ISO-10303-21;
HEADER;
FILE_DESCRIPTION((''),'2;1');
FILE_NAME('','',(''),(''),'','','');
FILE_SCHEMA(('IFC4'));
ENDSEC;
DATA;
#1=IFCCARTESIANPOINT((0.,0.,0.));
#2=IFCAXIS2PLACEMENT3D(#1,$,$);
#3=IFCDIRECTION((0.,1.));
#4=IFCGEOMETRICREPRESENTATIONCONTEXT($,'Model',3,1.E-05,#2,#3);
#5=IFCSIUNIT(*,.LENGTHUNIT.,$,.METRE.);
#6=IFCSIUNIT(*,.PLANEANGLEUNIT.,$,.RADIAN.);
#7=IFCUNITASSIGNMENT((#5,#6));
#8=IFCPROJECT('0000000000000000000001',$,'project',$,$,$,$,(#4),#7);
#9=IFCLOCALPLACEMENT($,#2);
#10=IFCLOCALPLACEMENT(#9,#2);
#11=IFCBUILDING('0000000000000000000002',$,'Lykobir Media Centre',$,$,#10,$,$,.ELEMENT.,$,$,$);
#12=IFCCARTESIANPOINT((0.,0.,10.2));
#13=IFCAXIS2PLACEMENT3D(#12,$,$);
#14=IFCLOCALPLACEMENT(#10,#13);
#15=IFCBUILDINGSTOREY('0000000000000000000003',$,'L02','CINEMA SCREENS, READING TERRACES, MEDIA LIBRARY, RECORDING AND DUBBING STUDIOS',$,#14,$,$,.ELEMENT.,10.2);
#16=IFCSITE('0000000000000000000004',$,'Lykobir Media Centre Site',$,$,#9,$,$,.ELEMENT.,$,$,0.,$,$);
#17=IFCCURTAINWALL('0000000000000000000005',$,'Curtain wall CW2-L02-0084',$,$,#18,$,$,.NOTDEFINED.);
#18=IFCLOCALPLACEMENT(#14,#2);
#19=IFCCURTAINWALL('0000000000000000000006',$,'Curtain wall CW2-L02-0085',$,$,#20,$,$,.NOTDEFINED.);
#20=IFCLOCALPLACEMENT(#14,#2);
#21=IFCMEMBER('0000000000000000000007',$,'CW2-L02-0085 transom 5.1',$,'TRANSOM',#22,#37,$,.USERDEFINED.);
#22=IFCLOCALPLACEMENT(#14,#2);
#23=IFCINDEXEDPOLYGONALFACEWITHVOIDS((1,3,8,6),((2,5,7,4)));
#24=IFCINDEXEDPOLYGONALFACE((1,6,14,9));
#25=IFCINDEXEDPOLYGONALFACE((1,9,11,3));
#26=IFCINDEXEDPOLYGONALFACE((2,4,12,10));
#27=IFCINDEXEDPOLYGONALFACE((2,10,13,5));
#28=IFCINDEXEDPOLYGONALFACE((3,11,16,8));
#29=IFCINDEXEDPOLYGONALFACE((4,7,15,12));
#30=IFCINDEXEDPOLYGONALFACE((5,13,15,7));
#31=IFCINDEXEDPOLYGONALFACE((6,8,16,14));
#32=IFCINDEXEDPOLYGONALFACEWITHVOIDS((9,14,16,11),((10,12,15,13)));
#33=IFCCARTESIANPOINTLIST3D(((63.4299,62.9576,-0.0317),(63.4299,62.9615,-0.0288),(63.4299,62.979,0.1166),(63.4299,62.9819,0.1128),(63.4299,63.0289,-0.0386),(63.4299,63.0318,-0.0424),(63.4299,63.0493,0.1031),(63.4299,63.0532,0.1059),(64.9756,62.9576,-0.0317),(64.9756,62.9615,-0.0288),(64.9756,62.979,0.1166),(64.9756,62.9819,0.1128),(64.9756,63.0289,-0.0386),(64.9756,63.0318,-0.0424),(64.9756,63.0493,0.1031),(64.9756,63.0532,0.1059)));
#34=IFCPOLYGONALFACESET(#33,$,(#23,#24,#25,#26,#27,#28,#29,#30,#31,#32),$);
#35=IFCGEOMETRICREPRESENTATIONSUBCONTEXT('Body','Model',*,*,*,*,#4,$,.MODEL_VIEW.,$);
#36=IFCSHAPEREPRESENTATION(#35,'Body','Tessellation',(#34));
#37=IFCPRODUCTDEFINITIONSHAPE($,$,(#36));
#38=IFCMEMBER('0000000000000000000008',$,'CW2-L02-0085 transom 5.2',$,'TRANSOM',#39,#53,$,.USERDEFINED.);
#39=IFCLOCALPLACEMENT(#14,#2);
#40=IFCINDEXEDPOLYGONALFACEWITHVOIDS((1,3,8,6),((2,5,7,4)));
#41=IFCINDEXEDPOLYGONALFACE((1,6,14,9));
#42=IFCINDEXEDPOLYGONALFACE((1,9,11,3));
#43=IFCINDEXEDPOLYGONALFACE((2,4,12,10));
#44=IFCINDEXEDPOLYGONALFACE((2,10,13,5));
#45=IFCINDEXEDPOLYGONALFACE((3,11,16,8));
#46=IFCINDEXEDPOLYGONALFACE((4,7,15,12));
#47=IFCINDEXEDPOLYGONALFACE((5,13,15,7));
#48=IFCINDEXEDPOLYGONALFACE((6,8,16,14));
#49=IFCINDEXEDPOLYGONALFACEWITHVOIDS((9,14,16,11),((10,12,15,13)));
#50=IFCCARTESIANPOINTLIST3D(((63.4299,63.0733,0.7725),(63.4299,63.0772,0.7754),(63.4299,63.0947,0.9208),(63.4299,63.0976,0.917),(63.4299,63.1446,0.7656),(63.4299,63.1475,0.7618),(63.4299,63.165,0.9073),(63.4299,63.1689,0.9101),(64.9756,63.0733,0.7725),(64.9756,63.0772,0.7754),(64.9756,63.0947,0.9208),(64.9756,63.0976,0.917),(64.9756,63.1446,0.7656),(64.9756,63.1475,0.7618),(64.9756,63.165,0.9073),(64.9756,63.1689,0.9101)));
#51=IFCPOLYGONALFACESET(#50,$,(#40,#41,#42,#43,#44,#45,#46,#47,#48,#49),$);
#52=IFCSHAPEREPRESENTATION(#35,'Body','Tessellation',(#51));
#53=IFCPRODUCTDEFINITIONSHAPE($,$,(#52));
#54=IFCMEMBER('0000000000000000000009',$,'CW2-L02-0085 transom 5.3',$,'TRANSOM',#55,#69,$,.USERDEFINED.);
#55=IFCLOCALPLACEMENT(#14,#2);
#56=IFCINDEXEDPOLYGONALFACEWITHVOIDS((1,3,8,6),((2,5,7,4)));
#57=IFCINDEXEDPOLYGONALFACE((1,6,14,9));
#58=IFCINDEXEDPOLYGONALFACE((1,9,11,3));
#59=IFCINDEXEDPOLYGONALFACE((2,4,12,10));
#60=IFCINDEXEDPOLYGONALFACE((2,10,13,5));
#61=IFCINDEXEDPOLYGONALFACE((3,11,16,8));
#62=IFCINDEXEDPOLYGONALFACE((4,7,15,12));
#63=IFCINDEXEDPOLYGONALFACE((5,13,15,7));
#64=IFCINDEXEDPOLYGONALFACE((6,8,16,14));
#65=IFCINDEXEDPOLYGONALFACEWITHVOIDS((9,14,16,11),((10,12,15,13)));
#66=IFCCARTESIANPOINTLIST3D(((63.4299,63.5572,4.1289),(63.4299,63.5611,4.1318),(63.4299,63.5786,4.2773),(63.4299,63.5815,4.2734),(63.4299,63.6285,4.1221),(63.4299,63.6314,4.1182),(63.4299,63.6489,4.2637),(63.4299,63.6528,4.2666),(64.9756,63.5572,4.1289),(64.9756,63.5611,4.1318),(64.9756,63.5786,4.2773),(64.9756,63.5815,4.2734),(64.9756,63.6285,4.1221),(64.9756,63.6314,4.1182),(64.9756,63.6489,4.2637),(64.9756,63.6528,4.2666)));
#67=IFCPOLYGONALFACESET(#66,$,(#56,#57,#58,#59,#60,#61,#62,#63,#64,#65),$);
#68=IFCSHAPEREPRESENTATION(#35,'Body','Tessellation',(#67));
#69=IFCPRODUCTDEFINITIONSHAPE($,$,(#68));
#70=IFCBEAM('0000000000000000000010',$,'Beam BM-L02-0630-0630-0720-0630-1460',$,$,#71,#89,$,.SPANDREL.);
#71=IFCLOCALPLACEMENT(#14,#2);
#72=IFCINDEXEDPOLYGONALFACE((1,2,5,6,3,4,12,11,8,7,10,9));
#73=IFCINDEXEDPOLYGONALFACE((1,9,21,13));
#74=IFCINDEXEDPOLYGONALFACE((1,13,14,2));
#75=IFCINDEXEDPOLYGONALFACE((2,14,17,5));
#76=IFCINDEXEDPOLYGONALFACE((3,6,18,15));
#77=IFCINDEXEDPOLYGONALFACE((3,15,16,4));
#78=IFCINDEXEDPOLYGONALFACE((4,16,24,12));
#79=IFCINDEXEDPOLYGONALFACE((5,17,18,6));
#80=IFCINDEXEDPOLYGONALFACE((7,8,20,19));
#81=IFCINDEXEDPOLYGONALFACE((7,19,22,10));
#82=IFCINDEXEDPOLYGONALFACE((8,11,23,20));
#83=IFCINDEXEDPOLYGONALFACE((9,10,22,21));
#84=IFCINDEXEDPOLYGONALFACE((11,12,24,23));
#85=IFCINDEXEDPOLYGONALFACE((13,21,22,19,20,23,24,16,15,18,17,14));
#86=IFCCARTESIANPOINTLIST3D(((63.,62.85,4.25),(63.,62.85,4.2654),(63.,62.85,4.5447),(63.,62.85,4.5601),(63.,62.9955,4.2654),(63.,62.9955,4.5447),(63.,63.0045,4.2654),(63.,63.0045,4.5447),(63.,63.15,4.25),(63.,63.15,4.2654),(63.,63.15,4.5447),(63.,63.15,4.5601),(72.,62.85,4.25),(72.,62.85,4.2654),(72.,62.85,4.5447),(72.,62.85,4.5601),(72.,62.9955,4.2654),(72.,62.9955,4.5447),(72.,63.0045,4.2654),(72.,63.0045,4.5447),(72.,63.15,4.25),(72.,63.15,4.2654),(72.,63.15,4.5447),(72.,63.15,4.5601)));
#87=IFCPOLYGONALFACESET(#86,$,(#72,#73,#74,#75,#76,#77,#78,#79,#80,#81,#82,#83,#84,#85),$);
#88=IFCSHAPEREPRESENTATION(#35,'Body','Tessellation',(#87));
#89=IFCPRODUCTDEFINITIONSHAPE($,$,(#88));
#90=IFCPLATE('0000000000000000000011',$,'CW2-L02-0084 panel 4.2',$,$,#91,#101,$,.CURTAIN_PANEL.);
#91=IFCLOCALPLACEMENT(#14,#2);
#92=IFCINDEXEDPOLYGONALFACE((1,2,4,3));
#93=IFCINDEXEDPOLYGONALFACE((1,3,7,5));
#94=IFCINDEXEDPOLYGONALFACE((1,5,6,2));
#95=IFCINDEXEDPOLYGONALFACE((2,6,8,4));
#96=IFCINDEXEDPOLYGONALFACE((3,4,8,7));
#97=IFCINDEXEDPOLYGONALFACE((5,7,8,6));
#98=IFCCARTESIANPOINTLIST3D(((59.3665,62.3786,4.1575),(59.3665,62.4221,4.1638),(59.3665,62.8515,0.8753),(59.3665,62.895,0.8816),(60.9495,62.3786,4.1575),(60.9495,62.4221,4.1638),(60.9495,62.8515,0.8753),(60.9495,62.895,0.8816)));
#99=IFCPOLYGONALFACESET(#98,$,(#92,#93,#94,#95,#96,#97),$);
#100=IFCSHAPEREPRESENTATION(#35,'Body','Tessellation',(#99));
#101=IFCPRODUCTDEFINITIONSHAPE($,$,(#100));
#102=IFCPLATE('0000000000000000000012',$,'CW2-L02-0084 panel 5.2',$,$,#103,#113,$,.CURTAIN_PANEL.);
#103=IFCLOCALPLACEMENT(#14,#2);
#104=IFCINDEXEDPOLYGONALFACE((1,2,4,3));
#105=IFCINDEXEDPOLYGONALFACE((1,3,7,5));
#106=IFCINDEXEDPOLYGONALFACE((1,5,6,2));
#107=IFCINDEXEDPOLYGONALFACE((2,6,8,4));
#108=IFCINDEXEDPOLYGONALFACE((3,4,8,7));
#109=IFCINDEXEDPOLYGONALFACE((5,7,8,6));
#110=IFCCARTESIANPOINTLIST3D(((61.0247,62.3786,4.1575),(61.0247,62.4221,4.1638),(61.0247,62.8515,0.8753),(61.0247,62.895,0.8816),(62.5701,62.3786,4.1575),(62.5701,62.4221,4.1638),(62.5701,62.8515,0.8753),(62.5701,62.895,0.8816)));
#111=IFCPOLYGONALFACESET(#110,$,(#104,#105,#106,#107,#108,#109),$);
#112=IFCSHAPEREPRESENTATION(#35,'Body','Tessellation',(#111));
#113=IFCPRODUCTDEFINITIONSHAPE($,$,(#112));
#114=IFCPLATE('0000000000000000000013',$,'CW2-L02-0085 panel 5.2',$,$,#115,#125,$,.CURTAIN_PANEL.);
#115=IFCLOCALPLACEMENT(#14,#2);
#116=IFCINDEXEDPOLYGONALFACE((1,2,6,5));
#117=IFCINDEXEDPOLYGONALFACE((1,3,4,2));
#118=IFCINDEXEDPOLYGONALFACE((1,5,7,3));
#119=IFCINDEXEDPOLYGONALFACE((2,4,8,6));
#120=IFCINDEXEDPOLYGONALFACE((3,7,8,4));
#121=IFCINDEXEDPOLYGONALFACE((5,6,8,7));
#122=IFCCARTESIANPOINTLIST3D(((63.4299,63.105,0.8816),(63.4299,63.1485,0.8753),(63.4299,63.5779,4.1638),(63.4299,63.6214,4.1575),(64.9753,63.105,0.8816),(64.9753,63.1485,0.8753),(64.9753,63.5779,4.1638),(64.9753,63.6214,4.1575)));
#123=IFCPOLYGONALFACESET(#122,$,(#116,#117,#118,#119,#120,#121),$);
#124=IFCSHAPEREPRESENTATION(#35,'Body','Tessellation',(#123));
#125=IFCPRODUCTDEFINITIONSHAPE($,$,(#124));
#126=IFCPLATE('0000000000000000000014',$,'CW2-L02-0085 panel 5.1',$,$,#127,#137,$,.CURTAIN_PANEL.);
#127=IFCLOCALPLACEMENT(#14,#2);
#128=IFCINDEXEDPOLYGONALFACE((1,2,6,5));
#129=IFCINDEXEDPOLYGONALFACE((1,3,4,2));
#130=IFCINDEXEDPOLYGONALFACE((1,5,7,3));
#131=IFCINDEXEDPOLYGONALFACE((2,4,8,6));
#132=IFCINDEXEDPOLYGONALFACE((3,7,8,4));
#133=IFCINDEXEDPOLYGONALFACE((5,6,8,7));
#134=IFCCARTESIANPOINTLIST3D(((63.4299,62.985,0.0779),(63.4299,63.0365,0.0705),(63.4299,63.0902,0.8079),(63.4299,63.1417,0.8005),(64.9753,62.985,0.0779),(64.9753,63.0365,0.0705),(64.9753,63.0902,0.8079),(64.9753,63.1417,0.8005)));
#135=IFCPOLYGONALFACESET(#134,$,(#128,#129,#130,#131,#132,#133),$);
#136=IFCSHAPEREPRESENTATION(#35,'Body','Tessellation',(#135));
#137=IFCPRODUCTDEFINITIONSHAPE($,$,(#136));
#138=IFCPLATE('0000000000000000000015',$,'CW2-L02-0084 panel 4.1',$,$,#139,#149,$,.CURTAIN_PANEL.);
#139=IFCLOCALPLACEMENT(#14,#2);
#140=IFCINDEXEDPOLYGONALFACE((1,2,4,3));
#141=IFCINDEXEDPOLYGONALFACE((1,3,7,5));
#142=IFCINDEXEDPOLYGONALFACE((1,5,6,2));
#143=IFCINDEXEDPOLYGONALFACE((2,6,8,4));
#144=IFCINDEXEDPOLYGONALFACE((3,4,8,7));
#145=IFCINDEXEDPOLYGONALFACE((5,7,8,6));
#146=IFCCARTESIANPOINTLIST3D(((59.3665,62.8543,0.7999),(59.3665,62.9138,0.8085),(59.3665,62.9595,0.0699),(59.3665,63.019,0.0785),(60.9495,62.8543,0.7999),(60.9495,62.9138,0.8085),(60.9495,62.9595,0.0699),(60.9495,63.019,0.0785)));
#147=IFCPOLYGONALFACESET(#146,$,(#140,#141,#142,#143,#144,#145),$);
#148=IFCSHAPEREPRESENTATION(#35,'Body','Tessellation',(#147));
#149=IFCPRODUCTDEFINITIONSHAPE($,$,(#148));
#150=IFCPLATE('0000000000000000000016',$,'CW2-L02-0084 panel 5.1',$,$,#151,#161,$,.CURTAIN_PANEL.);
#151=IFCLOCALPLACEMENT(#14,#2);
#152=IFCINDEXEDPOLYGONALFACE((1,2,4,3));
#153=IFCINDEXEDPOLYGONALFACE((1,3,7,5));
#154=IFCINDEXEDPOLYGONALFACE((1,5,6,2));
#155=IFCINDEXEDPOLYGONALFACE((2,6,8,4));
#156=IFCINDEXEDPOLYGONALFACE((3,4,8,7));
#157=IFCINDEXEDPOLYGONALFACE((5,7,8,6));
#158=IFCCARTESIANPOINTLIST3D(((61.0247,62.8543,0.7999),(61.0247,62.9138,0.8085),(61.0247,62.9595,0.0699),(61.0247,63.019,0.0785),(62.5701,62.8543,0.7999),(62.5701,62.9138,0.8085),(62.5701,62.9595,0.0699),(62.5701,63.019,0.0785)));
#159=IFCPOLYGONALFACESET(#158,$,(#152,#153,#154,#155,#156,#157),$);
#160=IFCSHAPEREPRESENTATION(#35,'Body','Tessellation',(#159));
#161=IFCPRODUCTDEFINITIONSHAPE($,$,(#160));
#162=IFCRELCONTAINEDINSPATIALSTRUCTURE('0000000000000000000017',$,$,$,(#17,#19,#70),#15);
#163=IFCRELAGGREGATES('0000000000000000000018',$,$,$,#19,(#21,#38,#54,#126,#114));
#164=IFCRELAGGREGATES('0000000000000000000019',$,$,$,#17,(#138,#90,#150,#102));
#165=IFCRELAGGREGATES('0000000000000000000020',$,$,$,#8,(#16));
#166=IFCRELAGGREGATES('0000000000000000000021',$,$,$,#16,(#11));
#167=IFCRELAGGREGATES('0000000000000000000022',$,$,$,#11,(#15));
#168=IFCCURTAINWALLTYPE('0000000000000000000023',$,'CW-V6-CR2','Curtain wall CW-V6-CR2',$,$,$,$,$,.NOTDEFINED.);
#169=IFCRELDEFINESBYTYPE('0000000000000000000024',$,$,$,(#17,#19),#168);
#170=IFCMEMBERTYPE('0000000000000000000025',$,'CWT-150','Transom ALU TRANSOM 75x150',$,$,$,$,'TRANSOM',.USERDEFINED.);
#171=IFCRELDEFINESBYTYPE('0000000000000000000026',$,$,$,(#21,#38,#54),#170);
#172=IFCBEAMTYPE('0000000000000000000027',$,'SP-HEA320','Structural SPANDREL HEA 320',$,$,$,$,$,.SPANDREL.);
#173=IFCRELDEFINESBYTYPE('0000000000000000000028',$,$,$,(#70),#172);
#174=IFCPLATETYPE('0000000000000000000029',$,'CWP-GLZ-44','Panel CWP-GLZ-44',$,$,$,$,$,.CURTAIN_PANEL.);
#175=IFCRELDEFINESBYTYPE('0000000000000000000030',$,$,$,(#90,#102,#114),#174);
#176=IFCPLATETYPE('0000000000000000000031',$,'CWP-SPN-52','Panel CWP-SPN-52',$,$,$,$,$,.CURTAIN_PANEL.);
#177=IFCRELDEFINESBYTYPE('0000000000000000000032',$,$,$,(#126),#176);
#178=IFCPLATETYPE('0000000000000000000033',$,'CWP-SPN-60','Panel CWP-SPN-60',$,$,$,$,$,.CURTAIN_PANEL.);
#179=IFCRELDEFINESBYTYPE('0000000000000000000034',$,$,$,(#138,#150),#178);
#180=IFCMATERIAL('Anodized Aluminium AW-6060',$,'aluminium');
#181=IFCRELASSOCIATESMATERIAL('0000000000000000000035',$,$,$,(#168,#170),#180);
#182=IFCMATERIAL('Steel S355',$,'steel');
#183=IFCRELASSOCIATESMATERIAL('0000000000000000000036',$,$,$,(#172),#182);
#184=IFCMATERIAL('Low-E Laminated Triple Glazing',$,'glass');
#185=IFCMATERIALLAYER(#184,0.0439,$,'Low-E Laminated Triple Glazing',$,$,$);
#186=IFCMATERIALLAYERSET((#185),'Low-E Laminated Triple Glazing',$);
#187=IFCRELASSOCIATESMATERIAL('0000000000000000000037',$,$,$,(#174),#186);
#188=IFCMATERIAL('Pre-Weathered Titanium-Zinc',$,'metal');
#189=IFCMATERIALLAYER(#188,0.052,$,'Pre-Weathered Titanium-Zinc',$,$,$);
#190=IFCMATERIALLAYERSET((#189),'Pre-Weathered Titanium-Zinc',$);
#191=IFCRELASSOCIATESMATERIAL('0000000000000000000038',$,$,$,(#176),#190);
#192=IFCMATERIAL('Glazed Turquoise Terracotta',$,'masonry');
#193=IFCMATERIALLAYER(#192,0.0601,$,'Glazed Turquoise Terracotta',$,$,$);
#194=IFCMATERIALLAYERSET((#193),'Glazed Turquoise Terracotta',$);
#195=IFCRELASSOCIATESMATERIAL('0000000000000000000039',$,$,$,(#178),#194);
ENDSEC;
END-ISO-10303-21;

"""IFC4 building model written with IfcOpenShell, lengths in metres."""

from ifc_helpers import new_model, si_unit, direction, frame, origin, origin_2d, place, context, subcontext, project, spatial, rectangle, hollow_rectangle, i_section, extrude, material, layer, layer_set, material_profile, profile_set, type_object, element, aggregate, save


model = new_model("IFC4")

# Units and contexts
model_context = context("Model", 3, precision=1e-05, world=origin(), true_north=direction((0.0, 1.0)))
body_context = subcontext(model_context, "Body", "Model", "MODEL_VIEW")
ifc_project = project(units=[si_unit("LENGTHUNIT", "METRE"), si_unit("PLANEANGLEUNIT", "RADIAN")], contexts=[model_context])

# Site, building, storey
site_placement = place(None, origin())
site = spatial("IfcSite", under=ifc_project, at=site_placement, Name="Lykobir Media Centre Site", CompositionType="ELEMENT", RefElevation=0.0)
building_placement = place(site_placement, origin())
building = spatial("IfcBuilding", under=site, at=building_placement, Name="Lykobir Media Centre", CompositionType="ELEMENT")
storey_placement = place(building_placement, frame((0.0, 0.0, 10.2)))
storey = spatial("IfcBuildingStorey", under=building, at=storey_placement, Name="L02", Description="CINEMA SCREENS, READING TERRACES, MEDIA LIBRARY, RECORDING AND DUBBING STUDIOS", CompositionType="ELEMENT", Elevation=10.2)

# Curtain wall
ifc_material_1 = material(Name="Anodized Aluminium AW-6060", Category="aluminium")
curtain_wall_type = type_object("IfcCurtainWallType", Name="CW-V6-CR2", Description="Curtain wall CW-V6-CR2", PredefinedType="NOTDEFINED", material=ifc_material_1)
curtain_wall_1_placement = place(storey_placement, origin())
curtain_wall_1 = element("IfcCurtainWall", 1, at=curtain_wall_1_placement, inside=storey, type_object=curtain_wall_type, Name="Curtain wall CW2-L02-0084", PredefinedType="NOTDEFINED")

# Curtain wall
curtain_wall_2_placement = place(storey_placement, origin())
curtain_wall_2 = element("IfcCurtainWall", 2, at=curtain_wall_2_placement, inside=storey, type_object=curtain_wall_type, Name="Curtain wall CW2-L02-0085", PredefinedType="NOTDEFINED")

# Members
ifc_material_profile_1 = material_profile(ifc_material_1, hollow_rectangle(XDim=0.075, YDim=0.1499, WallThickness=0.0034, at=origin_2d()), Name="ALU TRANSOM 75x150")
ifc_profile_set_1 = profile_set([ifc_material_profile_1], Name="Anodized Aluminium AW-6060")
member_type_1 = type_object("IfcMemberType", Name="CWT-150", Description="Transom ALU TRANSOM 75x150", ElementType="TRANSOM", PredefinedType="USERDEFINED", material=ifc_profile_set_1)
member_1_placement = place(storey_placement, frame((64.9756, 63.0054, 0.0371), z_axis=(-1.0, 0.0, 0.0), x_axis=(0.0, -0.989776, 0.142629)))
member_1 = element("IfcMember", 3, at=member_1_placement, type_object=member_type_1, Name="CW2-L02-0085 transom 5.1", ObjectType="TRANSOM", PredefinedType="USERDEFINED", context=body_context, shape_type="SweptSolid", body=[
    extrude(hollow_rectangle(XDim=0.075, YDim=0.1499, WallThickness=0.0034, at=origin_2d()), origin(), (0.0, 0.0, 1.0), 1.5457),
])
member_2_placement = place(storey_placement, frame((64.9756, 63.1211, 0.8413), z_axis=(-1.0, 0.0, 0.0), x_axis=(0.0, -0.989776, 0.142629)))
member_2 = element("IfcMember", 4, at=member_2_placement, type_object=member_type_1, Name="CW2-L02-0085 transom 5.2", ObjectType="TRANSOM", PredefinedType="USERDEFINED", context=body_context, shape_type="SweptSolid", body=[
    extrude(hollow_rectangle(XDim=0.075, YDim=0.1499, WallThickness=0.0034, at=origin_2d()), origin(), (0.0, 0.0, 1.0), 1.5457),
])
member_3_placement = place(storey_placement, frame((64.9756, 63.605, 4.1978), z_axis=(-1.0, 0.0, 0.0), x_axis=(0.0, -0.989776, 0.142629)))
member_3 = element("IfcMember", 5, at=member_3_placement, type_object=member_type_1, Name="CW2-L02-0085 transom 5.3", ObjectType="TRANSOM", PredefinedType="USERDEFINED", context=body_context, shape_type="SweptSolid", body=[
    extrude(hollow_rectangle(XDim=0.075, YDim=0.1499, WallThickness=0.0034, at=origin_2d()), origin(), (0.0, 0.0, 1.0), 1.5457),
])

# Beam
ifc_material_2 = material(Name="Steel S355", Category="steel")
ifc_material_profile_2 = material_profile(ifc_material_2, i_section(OverallWidth=0.3, OverallDepth=0.3101, WebThickness=0.009, FlangeThickness=0.0154, at=origin_2d()), Name="HEA 320")
ifc_profile_set_2 = profile_set([ifc_material_profile_2], Name="Steel S355")
beam_type = type_object("IfcBeamType", Name="SP-HEA320", Description="Structural SPANDREL HEA 320", PredefinedType="SPANDREL", material=ifc_profile_set_2)
beam_placement = place(storey_placement, frame((63.0, 63.0, 4.405), z_axis=(1.0, 0.0, 0.0), x_axis=(0.0, 1.0, 0.0)))
element("IfcBeam", 6, at=beam_placement, inside=storey, type_object=beam_type, Name="Beam BM-L02-0630-0630-0720-0630-1460", PredefinedType="SPANDREL", context=body_context, shape_type="SweptSolid", body=[
    extrude(i_section(OverallWidth=0.3, OverallDepth=0.3101, WebThickness=0.009, FlangeThickness=0.0154, at=origin_2d()), origin(), (0.0, 0.0, 1.0), 9.0),
])

# Plates
ifc_material_3 = material(Name="Low-E Laminated Triple Glazing", Category="glass")
ifc_layer_1 = layer(ifc_material_3, 0.0439, Name="Low-E Laminated Triple Glazing")
ifc_layer_set_1 = layer_set([ifc_layer_1], Name="Low-E Laminated Triple Glazing")
plate_type_1 = type_object("IfcPlateType", Name="CWP-GLZ-44", Description="Panel CWP-GLZ-44", PredefinedType="CURTAIN_PANEL", material=ifc_layer_set_1)
plate_1_placement = place(storey_placement, frame((60.158, 62.8733, 0.8784), z_axis=(0.0, -0.142629, 0.989776), x_axis=(1.0, 0.0, 0.0)))
plate_1 = element("IfcPlate", 7, at=plate_1_placement, type_object=plate_type_1, Name="CW2-L02-0084 panel 4.2", PredefinedType="CURTAIN_PANEL", context=body_context, shape_type="SweptSolid", body=[
    extrude(rectangle(XDim=1.583, YDim=0.0439, at=origin_2d()), origin(), (0.0, 0.0, 1.0), 3.3162),
])
plate_2_placement = place(storey_placement, frame((61.7974, 62.8733, 0.8784), z_axis=(0.0, -0.142629, 0.989776), x_axis=(1.0, 0.0, 0.0)))
plate_2 = element("IfcPlate", 8, at=plate_2_placement, type_object=plate_type_1, Name="CW2-L02-0084 panel 5.2", PredefinedType="CURTAIN_PANEL", context=body_context, shape_type="SweptSolid", body=[
    extrude(rectangle(XDim=1.5454, YDim=0.0439, at=origin_2d()), origin(), (0.0, 0.0, 1.0), 3.3162),
])
plate_3_placement = place(storey_placement, frame((64.2026, 63.1267, 0.8784), z_axis=(0.0, 0.142629, 0.989776), x_axis=(-1.0, 0.0, 0.0)))
plate_3 = element("IfcPlate", 9, at=plate_3_placement, type_object=plate_type_1, Name="CW2-L02-0085 panel 5.2", PredefinedType="CURTAIN_PANEL", context=body_context, shape_type="SweptSolid", body=[
    extrude(rectangle(XDim=1.5454, YDim=0.0439, at=origin_2d()), origin(), (0.0, 0.0, 1.0), 3.3162),
])
ifc_material_4 = material(Name="Pre-Weathered Titanium-Zinc", Category="metal")
ifc_layer_2 = layer(ifc_material_4, 0.052, Name="Pre-Weathered Titanium-Zinc")
ifc_layer_set_2 = layer_set([ifc_layer_2], Name="Pre-Weathered Titanium-Zinc")
plate_type_2 = type_object("IfcPlateType", Name="CWP-SPN-52", Description="Panel CWP-SPN-52", PredefinedType="CURTAIN_PANEL", material=ifc_layer_set_2)
plate_4_placement = place(storey_placement, frame((64.2026, 63.0107, 0.0742), z_axis=(0.0, 0.142629, 0.989776), x_axis=(-1.0, 0.0, 0.0)))
plate_4 = element("IfcPlate", 10, at=plate_4_placement, type_object=plate_type_2, Name="CW2-L02-0085 panel 5.1", PredefinedType="CURTAIN_PANEL", context=body_context, shape_type="SweptSolid", body=[
    extrude(rectangle(XDim=1.5454, YDim=0.052, at=origin_2d()), origin(), (0.0, 0.0, 1.0), 0.7375),
])
aggregate(curtain_wall_2, [member_1, member_2, member_3, plate_4, plate_3])
ifc_material_5 = material(Name="Glazed Turquoise Terracotta", Category="masonry")
ifc_layer_3 = layer(ifc_material_5, 0.0601, Name="Glazed Turquoise Terracotta")
ifc_layer_set_3 = layer_set([ifc_layer_3], Name="Glazed Turquoise Terracotta")
plate_type_3 = type_object("IfcPlateType", Name="CWP-SPN-60", Description="Panel CWP-SPN-60", PredefinedType="CURTAIN_PANEL", material=ifc_layer_set_3)
plate_5_placement = place(storey_placement, frame((60.158, 62.9893, 0.0742), z_axis=(0.0, -0.142629, 0.989776), x_axis=(1.0, 0.0, 0.0)))
plate_5 = element("IfcPlate", 11, at=plate_5_placement, type_object=plate_type_3, Name="CW2-L02-0084 panel 4.1", PredefinedType="CURTAIN_PANEL", context=body_context, shape_type="SweptSolid", body=[
    extrude(rectangle(XDim=1.583, YDim=0.0601, at=origin_2d()), origin(), (0.0, 0.0, 1.0), 0.7375),
])
plate_6_placement = place(storey_placement, frame((61.7974, 62.9893, 0.0742), z_axis=(0.0, -0.142629, 0.989776), x_axis=(1.0, 0.0, 0.0)))
plate_6 = element("IfcPlate", 12, at=plate_6_placement, type_object=plate_type_3, Name="CW2-L02-0084 panel 5.1", PredefinedType="CURTAIN_PANEL", context=body_context, shape_type="SweptSolid", body=[
    extrude(rectangle(XDim=1.5454, YDim=0.0601, at=origin_2d()), origin(), (0.0, 0.0, 1.0), 0.7375),
])
aggregate(curtain_wall_1, [plate_5, plate_1, plate_6, plate_2])

save(model, "model.ifc")
